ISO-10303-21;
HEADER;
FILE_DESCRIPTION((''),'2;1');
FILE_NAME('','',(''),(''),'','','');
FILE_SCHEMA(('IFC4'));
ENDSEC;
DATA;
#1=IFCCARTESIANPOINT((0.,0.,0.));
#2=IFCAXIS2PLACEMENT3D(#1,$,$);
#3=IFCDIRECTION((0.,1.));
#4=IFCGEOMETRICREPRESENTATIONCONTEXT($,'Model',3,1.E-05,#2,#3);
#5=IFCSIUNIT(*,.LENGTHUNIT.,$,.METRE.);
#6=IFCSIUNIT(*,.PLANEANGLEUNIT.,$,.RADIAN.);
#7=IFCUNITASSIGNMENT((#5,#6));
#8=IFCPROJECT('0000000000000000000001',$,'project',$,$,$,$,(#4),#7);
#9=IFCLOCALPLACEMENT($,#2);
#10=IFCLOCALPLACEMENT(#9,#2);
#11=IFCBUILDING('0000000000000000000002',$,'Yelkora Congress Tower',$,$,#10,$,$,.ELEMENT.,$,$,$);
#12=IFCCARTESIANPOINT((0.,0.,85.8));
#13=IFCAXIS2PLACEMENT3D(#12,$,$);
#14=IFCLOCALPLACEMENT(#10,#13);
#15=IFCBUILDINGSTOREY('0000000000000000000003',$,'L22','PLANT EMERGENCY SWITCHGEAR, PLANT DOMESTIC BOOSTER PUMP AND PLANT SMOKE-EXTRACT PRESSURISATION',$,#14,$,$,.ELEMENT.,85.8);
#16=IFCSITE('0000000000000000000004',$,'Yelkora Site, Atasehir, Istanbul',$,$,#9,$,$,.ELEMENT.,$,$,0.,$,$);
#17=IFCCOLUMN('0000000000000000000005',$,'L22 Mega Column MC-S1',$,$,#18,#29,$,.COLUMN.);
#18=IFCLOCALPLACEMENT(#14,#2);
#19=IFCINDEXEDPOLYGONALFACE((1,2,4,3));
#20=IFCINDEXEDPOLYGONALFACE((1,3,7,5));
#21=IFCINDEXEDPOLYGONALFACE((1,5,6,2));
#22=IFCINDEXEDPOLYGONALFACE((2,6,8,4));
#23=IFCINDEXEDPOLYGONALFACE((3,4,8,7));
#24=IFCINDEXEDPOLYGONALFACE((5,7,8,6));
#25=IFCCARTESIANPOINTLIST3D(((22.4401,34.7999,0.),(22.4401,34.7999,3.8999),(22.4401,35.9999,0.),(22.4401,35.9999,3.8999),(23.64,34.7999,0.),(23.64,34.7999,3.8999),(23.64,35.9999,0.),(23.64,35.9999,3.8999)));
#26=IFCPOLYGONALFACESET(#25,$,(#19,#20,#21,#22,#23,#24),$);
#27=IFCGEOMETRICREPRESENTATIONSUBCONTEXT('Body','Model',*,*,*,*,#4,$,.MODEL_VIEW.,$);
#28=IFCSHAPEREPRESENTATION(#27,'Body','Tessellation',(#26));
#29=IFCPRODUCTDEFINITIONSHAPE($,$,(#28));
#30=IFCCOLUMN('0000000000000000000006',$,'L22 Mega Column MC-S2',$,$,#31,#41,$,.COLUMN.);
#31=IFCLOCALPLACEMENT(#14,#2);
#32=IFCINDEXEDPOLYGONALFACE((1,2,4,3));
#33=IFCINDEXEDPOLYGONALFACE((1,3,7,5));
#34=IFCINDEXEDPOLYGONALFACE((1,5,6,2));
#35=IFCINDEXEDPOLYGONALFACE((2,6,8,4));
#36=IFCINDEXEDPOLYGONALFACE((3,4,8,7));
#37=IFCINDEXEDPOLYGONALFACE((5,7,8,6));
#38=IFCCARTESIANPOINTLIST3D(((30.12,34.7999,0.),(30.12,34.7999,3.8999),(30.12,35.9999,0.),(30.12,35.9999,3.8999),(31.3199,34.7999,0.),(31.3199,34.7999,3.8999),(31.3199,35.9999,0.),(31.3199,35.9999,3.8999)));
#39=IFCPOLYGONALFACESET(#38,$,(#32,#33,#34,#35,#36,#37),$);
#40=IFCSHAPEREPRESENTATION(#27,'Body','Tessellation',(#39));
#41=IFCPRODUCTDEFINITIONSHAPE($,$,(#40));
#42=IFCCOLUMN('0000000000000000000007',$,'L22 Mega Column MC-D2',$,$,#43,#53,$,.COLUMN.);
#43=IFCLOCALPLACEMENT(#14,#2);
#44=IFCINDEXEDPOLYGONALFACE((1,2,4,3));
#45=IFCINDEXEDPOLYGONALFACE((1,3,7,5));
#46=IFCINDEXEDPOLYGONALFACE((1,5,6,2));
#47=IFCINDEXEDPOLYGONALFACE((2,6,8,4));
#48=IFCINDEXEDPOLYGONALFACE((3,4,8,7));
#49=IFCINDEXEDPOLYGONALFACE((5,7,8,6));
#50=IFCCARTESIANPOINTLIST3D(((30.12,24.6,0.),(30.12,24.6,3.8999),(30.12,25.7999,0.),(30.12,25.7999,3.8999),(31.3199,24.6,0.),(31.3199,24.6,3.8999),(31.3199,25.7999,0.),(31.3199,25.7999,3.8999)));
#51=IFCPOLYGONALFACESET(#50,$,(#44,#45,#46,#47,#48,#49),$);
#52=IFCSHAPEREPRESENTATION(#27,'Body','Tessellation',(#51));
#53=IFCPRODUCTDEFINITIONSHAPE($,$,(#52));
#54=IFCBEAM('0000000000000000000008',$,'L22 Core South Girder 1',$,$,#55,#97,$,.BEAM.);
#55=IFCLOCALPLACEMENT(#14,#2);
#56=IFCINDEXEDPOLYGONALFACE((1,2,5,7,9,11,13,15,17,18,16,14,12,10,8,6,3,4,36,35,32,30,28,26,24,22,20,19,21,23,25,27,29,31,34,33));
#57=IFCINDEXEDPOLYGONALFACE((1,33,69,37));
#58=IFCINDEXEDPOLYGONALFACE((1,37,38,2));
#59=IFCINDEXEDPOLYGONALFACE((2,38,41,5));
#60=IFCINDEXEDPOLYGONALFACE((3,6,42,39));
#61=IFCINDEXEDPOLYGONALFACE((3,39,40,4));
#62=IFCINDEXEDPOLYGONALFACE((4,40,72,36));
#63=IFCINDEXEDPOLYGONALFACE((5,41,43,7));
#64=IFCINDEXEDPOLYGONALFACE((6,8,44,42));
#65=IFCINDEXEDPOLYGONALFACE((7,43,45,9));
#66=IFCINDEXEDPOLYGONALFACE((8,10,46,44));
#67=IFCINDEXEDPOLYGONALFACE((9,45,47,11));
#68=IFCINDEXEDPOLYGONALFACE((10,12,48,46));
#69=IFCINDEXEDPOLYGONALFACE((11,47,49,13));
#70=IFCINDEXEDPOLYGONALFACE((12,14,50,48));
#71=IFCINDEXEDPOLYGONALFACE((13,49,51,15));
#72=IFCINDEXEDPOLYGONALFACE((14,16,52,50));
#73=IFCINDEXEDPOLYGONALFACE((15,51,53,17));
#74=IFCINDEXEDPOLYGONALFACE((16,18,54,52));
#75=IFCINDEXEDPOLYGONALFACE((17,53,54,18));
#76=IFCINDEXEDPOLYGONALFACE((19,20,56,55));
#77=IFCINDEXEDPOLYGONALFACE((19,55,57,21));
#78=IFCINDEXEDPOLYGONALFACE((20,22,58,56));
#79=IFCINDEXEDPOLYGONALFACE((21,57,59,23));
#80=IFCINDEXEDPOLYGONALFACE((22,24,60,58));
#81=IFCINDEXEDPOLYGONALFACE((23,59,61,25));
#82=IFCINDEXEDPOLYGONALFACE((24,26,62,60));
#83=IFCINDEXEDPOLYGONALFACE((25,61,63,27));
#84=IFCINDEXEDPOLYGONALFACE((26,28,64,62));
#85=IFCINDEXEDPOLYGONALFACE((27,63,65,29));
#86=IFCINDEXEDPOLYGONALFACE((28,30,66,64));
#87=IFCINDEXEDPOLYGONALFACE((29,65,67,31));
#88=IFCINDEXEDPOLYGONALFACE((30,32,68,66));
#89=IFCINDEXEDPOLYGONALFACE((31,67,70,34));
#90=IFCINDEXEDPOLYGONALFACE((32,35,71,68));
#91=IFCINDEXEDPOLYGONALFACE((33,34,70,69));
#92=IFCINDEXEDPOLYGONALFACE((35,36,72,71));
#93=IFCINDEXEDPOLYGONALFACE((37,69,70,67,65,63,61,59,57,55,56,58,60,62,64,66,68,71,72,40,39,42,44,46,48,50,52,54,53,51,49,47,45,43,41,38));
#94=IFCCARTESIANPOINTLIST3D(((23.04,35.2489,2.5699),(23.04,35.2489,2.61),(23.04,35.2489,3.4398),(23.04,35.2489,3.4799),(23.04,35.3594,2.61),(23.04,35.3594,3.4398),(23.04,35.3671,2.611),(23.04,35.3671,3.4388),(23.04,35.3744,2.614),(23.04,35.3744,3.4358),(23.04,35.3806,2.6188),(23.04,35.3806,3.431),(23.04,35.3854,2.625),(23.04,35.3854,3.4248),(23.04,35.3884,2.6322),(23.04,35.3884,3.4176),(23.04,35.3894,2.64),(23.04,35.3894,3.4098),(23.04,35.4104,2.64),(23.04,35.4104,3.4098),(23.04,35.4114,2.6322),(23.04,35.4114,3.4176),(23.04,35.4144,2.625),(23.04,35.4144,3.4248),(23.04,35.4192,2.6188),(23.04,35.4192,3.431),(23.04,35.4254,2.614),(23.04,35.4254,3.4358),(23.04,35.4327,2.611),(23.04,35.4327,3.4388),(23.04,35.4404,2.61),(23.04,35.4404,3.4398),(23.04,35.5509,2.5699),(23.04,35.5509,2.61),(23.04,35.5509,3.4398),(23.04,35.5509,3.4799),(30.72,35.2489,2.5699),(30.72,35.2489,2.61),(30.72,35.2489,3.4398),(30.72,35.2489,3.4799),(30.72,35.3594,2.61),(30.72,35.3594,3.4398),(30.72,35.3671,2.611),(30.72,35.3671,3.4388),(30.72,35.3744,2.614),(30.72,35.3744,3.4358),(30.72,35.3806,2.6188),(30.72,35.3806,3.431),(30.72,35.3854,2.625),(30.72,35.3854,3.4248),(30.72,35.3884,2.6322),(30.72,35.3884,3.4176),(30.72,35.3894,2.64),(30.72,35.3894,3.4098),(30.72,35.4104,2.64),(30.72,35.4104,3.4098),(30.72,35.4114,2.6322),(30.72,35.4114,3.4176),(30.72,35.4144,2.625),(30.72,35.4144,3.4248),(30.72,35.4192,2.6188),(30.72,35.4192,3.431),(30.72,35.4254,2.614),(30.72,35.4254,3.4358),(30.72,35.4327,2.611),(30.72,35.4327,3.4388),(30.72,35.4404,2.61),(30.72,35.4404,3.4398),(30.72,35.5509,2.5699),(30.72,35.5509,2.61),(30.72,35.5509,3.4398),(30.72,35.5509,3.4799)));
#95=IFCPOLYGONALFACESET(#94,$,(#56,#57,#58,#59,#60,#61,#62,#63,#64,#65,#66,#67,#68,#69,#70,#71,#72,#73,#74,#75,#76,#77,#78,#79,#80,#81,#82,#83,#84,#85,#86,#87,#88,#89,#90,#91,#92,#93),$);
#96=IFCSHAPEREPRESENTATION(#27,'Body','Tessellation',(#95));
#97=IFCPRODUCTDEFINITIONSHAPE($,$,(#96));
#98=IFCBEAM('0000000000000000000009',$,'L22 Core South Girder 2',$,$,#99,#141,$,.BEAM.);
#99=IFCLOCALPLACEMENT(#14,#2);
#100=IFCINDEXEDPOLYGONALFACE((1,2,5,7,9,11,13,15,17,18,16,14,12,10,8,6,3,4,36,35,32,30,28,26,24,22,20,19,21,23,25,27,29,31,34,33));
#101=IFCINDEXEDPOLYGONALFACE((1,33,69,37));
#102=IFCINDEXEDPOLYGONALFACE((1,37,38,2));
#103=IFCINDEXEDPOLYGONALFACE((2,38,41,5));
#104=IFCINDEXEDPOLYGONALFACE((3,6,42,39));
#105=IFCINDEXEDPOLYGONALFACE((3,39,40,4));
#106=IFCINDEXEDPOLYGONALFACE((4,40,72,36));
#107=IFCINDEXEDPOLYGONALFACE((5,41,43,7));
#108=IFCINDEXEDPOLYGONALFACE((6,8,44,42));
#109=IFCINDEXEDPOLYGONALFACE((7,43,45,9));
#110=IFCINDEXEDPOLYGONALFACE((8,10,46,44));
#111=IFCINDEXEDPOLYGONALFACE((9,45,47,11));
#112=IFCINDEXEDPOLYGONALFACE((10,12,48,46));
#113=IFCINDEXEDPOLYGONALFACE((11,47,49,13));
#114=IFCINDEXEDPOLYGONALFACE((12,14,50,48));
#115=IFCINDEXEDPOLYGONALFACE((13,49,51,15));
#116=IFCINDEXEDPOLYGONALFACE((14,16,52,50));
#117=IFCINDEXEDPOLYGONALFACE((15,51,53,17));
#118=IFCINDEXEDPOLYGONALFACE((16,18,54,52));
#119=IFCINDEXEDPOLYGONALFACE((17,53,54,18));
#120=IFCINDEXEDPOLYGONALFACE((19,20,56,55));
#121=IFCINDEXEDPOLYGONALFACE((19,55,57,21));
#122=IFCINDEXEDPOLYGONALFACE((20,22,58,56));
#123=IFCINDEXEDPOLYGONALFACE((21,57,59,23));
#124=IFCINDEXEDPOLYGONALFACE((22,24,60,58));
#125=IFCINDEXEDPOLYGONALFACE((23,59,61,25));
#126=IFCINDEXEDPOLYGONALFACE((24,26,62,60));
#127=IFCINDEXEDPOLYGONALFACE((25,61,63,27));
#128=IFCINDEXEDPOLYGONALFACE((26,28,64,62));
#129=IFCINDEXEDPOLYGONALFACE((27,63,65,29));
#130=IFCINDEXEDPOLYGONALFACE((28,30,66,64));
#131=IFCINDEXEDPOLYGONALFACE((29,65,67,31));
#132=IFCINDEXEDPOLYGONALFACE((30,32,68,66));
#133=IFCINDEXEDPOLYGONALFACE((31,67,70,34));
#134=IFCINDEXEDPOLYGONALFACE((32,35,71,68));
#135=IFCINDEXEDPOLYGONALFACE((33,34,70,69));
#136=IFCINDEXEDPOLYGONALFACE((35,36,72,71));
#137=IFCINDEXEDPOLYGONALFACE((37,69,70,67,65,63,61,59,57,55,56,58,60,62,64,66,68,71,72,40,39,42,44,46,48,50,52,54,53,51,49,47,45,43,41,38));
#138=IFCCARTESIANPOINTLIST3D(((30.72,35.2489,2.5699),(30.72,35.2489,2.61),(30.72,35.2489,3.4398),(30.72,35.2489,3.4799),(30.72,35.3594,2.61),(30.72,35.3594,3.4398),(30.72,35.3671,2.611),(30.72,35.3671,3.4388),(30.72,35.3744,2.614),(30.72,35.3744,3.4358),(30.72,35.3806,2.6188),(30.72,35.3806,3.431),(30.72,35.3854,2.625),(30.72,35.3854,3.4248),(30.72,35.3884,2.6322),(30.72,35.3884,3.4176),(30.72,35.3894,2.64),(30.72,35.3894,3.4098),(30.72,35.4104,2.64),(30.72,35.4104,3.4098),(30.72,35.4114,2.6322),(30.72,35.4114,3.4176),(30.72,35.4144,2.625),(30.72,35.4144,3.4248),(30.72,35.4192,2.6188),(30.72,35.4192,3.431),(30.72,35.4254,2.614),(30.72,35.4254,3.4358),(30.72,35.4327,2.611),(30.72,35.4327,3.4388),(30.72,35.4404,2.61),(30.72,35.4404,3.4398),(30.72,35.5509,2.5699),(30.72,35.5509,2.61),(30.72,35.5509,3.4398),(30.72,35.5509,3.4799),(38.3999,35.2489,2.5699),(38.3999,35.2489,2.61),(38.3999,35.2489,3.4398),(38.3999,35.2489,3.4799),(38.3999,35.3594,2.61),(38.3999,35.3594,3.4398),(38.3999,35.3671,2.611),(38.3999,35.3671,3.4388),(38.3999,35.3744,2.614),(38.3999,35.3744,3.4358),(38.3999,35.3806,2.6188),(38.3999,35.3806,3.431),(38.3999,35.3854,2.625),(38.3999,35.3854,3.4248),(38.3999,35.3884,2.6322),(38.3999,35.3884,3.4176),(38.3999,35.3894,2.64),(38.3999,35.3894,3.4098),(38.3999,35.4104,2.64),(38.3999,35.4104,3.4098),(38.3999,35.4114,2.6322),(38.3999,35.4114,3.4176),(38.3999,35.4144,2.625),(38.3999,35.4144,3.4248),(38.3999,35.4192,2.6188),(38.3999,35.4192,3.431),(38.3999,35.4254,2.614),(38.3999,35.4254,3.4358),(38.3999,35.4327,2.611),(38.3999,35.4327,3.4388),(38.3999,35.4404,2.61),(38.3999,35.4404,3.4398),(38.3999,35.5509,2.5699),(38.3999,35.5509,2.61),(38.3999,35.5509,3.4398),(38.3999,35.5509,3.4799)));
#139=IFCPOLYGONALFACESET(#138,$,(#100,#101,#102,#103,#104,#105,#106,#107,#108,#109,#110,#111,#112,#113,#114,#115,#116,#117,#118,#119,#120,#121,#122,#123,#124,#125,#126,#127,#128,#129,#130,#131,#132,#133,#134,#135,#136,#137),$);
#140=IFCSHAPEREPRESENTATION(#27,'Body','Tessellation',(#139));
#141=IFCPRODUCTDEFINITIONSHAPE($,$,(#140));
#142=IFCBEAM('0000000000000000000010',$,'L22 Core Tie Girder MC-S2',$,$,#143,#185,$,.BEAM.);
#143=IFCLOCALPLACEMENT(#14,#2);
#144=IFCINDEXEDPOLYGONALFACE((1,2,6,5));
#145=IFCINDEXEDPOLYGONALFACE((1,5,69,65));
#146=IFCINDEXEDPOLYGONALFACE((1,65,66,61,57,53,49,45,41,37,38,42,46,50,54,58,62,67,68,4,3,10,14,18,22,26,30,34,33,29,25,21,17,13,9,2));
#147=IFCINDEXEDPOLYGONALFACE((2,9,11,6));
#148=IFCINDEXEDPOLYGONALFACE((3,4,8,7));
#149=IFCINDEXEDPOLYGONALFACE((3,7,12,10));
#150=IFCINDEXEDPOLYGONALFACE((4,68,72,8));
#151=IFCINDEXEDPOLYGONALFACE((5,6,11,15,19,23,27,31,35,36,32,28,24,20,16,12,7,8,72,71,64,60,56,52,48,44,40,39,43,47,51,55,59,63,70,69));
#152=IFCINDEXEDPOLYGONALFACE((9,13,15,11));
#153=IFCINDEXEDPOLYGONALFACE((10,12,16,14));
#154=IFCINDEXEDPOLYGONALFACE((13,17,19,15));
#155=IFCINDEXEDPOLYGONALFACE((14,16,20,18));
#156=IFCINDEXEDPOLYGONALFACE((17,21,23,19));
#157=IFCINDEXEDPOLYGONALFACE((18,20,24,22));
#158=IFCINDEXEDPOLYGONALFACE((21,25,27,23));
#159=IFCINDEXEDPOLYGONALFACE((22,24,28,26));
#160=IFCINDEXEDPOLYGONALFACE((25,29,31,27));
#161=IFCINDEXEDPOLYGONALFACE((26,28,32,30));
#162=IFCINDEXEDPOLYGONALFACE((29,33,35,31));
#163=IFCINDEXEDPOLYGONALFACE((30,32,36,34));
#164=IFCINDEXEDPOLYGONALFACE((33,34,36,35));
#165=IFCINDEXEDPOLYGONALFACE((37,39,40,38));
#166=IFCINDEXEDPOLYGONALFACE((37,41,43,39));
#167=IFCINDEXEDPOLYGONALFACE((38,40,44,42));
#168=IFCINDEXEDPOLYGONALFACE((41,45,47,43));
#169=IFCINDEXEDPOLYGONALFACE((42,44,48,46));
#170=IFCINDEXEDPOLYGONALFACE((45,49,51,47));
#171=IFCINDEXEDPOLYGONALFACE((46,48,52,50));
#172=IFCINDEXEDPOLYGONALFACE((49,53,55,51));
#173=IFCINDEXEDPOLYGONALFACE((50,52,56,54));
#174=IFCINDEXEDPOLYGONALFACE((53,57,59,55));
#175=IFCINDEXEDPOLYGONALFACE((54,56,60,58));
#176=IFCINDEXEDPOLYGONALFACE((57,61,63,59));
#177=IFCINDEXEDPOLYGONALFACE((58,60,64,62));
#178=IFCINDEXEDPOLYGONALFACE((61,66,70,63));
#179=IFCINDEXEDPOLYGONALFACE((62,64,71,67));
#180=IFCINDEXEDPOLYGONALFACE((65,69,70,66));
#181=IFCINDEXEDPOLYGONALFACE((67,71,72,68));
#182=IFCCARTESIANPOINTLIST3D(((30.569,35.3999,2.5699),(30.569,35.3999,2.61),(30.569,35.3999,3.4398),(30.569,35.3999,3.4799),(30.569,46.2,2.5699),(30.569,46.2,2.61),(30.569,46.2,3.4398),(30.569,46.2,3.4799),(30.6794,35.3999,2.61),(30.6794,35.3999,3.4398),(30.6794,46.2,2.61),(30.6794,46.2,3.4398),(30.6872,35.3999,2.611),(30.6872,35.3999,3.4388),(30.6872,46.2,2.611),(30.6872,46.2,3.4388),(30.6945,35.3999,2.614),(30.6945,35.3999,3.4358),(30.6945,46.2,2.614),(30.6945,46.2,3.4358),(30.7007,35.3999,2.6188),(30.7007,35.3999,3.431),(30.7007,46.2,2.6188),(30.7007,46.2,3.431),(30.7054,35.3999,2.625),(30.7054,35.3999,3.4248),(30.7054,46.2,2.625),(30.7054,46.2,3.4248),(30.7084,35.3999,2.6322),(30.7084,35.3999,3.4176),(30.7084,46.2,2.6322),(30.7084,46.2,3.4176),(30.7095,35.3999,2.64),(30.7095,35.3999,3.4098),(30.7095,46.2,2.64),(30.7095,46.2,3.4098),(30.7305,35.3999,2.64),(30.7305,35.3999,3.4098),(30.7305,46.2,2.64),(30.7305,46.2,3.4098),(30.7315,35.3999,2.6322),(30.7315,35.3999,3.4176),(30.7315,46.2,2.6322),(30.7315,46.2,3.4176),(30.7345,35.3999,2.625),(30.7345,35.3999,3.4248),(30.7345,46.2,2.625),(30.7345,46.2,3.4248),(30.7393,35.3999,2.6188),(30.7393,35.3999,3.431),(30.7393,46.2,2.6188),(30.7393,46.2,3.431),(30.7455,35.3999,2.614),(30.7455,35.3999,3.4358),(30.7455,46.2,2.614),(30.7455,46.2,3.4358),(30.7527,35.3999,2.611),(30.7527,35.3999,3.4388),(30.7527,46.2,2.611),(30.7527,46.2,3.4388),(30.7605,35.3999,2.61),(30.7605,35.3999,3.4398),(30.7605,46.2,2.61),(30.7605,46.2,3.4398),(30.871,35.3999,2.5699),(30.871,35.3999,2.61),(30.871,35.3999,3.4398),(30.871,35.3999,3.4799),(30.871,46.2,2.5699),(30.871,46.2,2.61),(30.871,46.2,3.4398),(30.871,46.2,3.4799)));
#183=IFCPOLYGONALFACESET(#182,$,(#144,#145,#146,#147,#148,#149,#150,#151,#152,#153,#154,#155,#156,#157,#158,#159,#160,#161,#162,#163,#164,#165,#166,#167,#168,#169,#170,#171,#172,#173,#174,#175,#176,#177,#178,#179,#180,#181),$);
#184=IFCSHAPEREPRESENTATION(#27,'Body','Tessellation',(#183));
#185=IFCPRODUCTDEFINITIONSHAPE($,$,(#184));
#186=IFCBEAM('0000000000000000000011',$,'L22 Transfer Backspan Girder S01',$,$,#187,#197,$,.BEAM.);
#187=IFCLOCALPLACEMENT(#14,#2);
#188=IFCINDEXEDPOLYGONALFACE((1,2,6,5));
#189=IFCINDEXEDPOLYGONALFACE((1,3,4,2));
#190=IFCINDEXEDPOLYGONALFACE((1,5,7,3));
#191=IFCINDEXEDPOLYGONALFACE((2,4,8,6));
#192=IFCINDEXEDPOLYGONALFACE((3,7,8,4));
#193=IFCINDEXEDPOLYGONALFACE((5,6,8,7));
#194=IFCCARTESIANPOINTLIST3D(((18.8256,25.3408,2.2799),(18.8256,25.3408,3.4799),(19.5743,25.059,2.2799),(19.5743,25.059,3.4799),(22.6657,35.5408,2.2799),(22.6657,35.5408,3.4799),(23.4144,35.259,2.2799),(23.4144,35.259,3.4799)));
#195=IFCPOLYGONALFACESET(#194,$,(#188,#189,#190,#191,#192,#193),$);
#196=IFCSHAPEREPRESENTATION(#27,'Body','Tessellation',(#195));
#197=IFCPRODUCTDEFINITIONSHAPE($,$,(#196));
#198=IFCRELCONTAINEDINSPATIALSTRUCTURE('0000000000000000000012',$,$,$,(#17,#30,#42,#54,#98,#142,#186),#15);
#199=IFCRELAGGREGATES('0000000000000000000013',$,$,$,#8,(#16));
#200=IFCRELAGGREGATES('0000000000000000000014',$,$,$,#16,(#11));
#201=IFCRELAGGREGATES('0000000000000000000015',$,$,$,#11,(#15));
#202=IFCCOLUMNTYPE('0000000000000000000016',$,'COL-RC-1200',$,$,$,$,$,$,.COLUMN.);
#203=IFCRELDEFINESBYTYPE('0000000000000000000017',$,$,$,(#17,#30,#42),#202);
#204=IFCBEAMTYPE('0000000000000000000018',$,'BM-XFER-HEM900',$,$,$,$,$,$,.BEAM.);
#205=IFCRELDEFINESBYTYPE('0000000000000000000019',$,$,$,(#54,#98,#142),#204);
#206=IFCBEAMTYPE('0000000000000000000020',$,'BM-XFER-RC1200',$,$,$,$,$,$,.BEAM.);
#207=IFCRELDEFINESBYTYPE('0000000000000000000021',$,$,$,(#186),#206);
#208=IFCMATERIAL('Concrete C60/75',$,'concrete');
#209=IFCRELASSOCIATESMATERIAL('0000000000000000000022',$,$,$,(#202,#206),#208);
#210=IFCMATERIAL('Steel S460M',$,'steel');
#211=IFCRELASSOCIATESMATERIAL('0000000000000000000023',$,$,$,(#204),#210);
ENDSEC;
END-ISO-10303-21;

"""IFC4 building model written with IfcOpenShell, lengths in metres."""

from ifc_helpers import new_model, si_unit, direction, frame, origin, origin_2d, place, context, subcontext, project, spatial, rectangle, i_section, extrude, material, material_profile, profile_set, type_object, element, save


model = new_model("IFC4")

# Units and contexts
model_context = context("Model", 3, precision=1e-05, world=origin(), true_north=direction((0.0, 1.0)))
body_context = subcontext(model_context, "Body", "Model", "MODEL_VIEW")
ifc_project = project(units=[si_unit("LENGTHUNIT", "METRE"), si_unit("PLANEANGLEUNIT", "RADIAN")], contexts=[model_context])

# Site, building, storey
site_placement = place(None, origin())
site = spatial("IfcSite", under=ifc_project, at=site_placement, Name="Yelkora Site, Atasehir, Istanbul", CompositionType="ELEMENT", RefElevation=0.0)
building_placement = place(site_placement, origin())
building = spatial("IfcBuilding", under=site, at=building_placement, Name="Yelkora Congress Tower", CompositionType="ELEMENT")
storey_placement = place(building_placement, frame((0.0, 0.0, 85.8)))
storey = spatial("IfcBuildingStorey", under=building, at=storey_placement, Name="L22", Description="PLANT EMERGENCY SWITCHGEAR, PLANT DOMESTIC BOOSTER PUMP AND PLANT SMOKE-EXTRACT PRESSURISATION", CompositionType="ELEMENT", Elevation=85.8)

# Columns
ifc_material_1 = material(Name="Concrete C60/75", Category="concrete")
ifc_material_profile_1 = material_profile(ifc_material_1, rectangle(XDim=1.2, YDim=1.2, at=origin_2d()), Name="RC 1200x1200")
ifc_profile_set_1 = profile_set([ifc_material_profile_1], Name="Concrete C60/75")
column_type = type_object("IfcColumnType", Name="COL-RC-1200", PredefinedType="COLUMN", material=ifc_profile_set_1)
for number, where, z_axis, x_axis, name in (
    (1, (23.04, 35.3999, 0.0), (0.0, 0.0, 1.0), (1.0, 0.0, 0.0), "L22 Mega Column MC-S1"),
    (2, (30.72, 35.3999, 0.0), (0.0, 0.0, 1.0), (1.0, 0.0, 0.0), "L22 Mega Column MC-S2"),
    (3, (30.72, 25.2, 0.0), (0.0, 0.0, 1.0), (1.0, 0.0, 0.0), "L22 Mega Column MC-D2"),
):
    element("IfcColumn", number, at=place(storey_placement, frame(where, z_axis=z_axis, x_axis=x_axis)), inside=storey, type_object=column_type, Name=name, PredefinedType="COLUMN", context=body_context, shape_type="SweptSolid", body=[
        extrude(rectangle(XDim=1.2, YDim=1.2, at=origin_2d()), origin(), (0.0, 0.0, 1.0), 3.8999),
    ])

# Beams
ifc_material_2 = material(Name="Steel S460M", Category="steel")
ifc_material_profile_2 = material_profile(ifc_material_2, i_section(OverallWidth=0.302, OverallDepth=0.9099, WebThickness=0.021, FlangeThickness=0.04, FilletRadius=0.03, at=origin_2d()), Name="HEM 900")
ifc_profile_set_2 = profile_set([ifc_material_profile_2], Name="Steel S460M")
beam_type_1 = type_object("IfcBeamType", Name="BM-XFER-HEM900", PredefinedType="BEAM", material=ifc_profile_set_2)
for number, where, z_axis, x_axis, name in (
    (4, (23.04, 35.3999, 3.0249), (1.0, 0.0, 0.0), (0.0, 1.0, 0.0), "L22 Core South Girder 1"),
    (5, (30.72, 35.3999, 3.0249), (1.0, 0.0, 0.0), (0.0, 1.0, 0.0), "L22 Core South Girder 2"),
):
    element("IfcBeam", number, at=place(storey_placement, frame(where, z_axis=z_axis, x_axis=x_axis)), inside=storey, type_object=beam_type_1, Name=name, PredefinedType="BEAM", context=body_context, shape_type="SweptSolid", body=[
        extrude(i_section(OverallWidth=0.302, OverallDepth=0.9099, WebThickness=0.021, FlangeThickness=0.04, FilletRadius=0.03, at=origin_2d()), origin(), (0.0, 0.0, 1.0), 7.6799),
    ])
beam_1_placement = place(storey_placement, frame((30.72, 35.3999, 3.0249), z_axis=(0.0, 1.0, 0.0), x_axis=(-1.0, 0.0, 0.0)))
element("IfcBeam", 6, at=beam_1_placement, inside=storey, type_object=beam_type_1, Name="L22 Core Tie Girder MC-S2", PredefinedType="BEAM", context=body_context, shape_type="SweptSolid", body=[
    extrude(i_section(OverallWidth=0.302, OverallDepth=0.9099, WebThickness=0.021, FlangeThickness=0.04, FilletRadius=0.03, at=origin_2d()), origin(), (0.0, 0.0, 1.0), 10.8),
])
ifc_material_profile_3 = material_profile(ifc_material_1, rectangle(XDim=0.8, YDim=1.2, at=origin_2d()), Name="RC 800x1200")
ifc_profile_set_3 = profile_set([ifc_material_profile_3], Name="Concrete C60/75")
beam_type_2 = type_object("IfcBeamType", Name="BM-XFER-RC1200", PredefinedType="BEAM", material=ifc_profile_set_3)
beam_2_placement = place(storey_placement, frame((23.04, 35.3999, 2.8799), z_axis=(-0.352338, -0.935873, 0.0), x_axis=(0.935873, -0.352338, 0.0)))
element("IfcBeam", 7, at=beam_2_placement, inside=storey, type_object=beam_type_2, Name="L22 Transfer Backspan Girder S01", PredefinedType="BEAM", context=body_context, shape_type="SweptSolid", body=[
    extrude(rectangle(XDim=0.8, YDim=1.2, at=origin_2d()), origin(), (0.0, 0.0, 1.0), 10.8989),
])

save(model, "model.ifc")
